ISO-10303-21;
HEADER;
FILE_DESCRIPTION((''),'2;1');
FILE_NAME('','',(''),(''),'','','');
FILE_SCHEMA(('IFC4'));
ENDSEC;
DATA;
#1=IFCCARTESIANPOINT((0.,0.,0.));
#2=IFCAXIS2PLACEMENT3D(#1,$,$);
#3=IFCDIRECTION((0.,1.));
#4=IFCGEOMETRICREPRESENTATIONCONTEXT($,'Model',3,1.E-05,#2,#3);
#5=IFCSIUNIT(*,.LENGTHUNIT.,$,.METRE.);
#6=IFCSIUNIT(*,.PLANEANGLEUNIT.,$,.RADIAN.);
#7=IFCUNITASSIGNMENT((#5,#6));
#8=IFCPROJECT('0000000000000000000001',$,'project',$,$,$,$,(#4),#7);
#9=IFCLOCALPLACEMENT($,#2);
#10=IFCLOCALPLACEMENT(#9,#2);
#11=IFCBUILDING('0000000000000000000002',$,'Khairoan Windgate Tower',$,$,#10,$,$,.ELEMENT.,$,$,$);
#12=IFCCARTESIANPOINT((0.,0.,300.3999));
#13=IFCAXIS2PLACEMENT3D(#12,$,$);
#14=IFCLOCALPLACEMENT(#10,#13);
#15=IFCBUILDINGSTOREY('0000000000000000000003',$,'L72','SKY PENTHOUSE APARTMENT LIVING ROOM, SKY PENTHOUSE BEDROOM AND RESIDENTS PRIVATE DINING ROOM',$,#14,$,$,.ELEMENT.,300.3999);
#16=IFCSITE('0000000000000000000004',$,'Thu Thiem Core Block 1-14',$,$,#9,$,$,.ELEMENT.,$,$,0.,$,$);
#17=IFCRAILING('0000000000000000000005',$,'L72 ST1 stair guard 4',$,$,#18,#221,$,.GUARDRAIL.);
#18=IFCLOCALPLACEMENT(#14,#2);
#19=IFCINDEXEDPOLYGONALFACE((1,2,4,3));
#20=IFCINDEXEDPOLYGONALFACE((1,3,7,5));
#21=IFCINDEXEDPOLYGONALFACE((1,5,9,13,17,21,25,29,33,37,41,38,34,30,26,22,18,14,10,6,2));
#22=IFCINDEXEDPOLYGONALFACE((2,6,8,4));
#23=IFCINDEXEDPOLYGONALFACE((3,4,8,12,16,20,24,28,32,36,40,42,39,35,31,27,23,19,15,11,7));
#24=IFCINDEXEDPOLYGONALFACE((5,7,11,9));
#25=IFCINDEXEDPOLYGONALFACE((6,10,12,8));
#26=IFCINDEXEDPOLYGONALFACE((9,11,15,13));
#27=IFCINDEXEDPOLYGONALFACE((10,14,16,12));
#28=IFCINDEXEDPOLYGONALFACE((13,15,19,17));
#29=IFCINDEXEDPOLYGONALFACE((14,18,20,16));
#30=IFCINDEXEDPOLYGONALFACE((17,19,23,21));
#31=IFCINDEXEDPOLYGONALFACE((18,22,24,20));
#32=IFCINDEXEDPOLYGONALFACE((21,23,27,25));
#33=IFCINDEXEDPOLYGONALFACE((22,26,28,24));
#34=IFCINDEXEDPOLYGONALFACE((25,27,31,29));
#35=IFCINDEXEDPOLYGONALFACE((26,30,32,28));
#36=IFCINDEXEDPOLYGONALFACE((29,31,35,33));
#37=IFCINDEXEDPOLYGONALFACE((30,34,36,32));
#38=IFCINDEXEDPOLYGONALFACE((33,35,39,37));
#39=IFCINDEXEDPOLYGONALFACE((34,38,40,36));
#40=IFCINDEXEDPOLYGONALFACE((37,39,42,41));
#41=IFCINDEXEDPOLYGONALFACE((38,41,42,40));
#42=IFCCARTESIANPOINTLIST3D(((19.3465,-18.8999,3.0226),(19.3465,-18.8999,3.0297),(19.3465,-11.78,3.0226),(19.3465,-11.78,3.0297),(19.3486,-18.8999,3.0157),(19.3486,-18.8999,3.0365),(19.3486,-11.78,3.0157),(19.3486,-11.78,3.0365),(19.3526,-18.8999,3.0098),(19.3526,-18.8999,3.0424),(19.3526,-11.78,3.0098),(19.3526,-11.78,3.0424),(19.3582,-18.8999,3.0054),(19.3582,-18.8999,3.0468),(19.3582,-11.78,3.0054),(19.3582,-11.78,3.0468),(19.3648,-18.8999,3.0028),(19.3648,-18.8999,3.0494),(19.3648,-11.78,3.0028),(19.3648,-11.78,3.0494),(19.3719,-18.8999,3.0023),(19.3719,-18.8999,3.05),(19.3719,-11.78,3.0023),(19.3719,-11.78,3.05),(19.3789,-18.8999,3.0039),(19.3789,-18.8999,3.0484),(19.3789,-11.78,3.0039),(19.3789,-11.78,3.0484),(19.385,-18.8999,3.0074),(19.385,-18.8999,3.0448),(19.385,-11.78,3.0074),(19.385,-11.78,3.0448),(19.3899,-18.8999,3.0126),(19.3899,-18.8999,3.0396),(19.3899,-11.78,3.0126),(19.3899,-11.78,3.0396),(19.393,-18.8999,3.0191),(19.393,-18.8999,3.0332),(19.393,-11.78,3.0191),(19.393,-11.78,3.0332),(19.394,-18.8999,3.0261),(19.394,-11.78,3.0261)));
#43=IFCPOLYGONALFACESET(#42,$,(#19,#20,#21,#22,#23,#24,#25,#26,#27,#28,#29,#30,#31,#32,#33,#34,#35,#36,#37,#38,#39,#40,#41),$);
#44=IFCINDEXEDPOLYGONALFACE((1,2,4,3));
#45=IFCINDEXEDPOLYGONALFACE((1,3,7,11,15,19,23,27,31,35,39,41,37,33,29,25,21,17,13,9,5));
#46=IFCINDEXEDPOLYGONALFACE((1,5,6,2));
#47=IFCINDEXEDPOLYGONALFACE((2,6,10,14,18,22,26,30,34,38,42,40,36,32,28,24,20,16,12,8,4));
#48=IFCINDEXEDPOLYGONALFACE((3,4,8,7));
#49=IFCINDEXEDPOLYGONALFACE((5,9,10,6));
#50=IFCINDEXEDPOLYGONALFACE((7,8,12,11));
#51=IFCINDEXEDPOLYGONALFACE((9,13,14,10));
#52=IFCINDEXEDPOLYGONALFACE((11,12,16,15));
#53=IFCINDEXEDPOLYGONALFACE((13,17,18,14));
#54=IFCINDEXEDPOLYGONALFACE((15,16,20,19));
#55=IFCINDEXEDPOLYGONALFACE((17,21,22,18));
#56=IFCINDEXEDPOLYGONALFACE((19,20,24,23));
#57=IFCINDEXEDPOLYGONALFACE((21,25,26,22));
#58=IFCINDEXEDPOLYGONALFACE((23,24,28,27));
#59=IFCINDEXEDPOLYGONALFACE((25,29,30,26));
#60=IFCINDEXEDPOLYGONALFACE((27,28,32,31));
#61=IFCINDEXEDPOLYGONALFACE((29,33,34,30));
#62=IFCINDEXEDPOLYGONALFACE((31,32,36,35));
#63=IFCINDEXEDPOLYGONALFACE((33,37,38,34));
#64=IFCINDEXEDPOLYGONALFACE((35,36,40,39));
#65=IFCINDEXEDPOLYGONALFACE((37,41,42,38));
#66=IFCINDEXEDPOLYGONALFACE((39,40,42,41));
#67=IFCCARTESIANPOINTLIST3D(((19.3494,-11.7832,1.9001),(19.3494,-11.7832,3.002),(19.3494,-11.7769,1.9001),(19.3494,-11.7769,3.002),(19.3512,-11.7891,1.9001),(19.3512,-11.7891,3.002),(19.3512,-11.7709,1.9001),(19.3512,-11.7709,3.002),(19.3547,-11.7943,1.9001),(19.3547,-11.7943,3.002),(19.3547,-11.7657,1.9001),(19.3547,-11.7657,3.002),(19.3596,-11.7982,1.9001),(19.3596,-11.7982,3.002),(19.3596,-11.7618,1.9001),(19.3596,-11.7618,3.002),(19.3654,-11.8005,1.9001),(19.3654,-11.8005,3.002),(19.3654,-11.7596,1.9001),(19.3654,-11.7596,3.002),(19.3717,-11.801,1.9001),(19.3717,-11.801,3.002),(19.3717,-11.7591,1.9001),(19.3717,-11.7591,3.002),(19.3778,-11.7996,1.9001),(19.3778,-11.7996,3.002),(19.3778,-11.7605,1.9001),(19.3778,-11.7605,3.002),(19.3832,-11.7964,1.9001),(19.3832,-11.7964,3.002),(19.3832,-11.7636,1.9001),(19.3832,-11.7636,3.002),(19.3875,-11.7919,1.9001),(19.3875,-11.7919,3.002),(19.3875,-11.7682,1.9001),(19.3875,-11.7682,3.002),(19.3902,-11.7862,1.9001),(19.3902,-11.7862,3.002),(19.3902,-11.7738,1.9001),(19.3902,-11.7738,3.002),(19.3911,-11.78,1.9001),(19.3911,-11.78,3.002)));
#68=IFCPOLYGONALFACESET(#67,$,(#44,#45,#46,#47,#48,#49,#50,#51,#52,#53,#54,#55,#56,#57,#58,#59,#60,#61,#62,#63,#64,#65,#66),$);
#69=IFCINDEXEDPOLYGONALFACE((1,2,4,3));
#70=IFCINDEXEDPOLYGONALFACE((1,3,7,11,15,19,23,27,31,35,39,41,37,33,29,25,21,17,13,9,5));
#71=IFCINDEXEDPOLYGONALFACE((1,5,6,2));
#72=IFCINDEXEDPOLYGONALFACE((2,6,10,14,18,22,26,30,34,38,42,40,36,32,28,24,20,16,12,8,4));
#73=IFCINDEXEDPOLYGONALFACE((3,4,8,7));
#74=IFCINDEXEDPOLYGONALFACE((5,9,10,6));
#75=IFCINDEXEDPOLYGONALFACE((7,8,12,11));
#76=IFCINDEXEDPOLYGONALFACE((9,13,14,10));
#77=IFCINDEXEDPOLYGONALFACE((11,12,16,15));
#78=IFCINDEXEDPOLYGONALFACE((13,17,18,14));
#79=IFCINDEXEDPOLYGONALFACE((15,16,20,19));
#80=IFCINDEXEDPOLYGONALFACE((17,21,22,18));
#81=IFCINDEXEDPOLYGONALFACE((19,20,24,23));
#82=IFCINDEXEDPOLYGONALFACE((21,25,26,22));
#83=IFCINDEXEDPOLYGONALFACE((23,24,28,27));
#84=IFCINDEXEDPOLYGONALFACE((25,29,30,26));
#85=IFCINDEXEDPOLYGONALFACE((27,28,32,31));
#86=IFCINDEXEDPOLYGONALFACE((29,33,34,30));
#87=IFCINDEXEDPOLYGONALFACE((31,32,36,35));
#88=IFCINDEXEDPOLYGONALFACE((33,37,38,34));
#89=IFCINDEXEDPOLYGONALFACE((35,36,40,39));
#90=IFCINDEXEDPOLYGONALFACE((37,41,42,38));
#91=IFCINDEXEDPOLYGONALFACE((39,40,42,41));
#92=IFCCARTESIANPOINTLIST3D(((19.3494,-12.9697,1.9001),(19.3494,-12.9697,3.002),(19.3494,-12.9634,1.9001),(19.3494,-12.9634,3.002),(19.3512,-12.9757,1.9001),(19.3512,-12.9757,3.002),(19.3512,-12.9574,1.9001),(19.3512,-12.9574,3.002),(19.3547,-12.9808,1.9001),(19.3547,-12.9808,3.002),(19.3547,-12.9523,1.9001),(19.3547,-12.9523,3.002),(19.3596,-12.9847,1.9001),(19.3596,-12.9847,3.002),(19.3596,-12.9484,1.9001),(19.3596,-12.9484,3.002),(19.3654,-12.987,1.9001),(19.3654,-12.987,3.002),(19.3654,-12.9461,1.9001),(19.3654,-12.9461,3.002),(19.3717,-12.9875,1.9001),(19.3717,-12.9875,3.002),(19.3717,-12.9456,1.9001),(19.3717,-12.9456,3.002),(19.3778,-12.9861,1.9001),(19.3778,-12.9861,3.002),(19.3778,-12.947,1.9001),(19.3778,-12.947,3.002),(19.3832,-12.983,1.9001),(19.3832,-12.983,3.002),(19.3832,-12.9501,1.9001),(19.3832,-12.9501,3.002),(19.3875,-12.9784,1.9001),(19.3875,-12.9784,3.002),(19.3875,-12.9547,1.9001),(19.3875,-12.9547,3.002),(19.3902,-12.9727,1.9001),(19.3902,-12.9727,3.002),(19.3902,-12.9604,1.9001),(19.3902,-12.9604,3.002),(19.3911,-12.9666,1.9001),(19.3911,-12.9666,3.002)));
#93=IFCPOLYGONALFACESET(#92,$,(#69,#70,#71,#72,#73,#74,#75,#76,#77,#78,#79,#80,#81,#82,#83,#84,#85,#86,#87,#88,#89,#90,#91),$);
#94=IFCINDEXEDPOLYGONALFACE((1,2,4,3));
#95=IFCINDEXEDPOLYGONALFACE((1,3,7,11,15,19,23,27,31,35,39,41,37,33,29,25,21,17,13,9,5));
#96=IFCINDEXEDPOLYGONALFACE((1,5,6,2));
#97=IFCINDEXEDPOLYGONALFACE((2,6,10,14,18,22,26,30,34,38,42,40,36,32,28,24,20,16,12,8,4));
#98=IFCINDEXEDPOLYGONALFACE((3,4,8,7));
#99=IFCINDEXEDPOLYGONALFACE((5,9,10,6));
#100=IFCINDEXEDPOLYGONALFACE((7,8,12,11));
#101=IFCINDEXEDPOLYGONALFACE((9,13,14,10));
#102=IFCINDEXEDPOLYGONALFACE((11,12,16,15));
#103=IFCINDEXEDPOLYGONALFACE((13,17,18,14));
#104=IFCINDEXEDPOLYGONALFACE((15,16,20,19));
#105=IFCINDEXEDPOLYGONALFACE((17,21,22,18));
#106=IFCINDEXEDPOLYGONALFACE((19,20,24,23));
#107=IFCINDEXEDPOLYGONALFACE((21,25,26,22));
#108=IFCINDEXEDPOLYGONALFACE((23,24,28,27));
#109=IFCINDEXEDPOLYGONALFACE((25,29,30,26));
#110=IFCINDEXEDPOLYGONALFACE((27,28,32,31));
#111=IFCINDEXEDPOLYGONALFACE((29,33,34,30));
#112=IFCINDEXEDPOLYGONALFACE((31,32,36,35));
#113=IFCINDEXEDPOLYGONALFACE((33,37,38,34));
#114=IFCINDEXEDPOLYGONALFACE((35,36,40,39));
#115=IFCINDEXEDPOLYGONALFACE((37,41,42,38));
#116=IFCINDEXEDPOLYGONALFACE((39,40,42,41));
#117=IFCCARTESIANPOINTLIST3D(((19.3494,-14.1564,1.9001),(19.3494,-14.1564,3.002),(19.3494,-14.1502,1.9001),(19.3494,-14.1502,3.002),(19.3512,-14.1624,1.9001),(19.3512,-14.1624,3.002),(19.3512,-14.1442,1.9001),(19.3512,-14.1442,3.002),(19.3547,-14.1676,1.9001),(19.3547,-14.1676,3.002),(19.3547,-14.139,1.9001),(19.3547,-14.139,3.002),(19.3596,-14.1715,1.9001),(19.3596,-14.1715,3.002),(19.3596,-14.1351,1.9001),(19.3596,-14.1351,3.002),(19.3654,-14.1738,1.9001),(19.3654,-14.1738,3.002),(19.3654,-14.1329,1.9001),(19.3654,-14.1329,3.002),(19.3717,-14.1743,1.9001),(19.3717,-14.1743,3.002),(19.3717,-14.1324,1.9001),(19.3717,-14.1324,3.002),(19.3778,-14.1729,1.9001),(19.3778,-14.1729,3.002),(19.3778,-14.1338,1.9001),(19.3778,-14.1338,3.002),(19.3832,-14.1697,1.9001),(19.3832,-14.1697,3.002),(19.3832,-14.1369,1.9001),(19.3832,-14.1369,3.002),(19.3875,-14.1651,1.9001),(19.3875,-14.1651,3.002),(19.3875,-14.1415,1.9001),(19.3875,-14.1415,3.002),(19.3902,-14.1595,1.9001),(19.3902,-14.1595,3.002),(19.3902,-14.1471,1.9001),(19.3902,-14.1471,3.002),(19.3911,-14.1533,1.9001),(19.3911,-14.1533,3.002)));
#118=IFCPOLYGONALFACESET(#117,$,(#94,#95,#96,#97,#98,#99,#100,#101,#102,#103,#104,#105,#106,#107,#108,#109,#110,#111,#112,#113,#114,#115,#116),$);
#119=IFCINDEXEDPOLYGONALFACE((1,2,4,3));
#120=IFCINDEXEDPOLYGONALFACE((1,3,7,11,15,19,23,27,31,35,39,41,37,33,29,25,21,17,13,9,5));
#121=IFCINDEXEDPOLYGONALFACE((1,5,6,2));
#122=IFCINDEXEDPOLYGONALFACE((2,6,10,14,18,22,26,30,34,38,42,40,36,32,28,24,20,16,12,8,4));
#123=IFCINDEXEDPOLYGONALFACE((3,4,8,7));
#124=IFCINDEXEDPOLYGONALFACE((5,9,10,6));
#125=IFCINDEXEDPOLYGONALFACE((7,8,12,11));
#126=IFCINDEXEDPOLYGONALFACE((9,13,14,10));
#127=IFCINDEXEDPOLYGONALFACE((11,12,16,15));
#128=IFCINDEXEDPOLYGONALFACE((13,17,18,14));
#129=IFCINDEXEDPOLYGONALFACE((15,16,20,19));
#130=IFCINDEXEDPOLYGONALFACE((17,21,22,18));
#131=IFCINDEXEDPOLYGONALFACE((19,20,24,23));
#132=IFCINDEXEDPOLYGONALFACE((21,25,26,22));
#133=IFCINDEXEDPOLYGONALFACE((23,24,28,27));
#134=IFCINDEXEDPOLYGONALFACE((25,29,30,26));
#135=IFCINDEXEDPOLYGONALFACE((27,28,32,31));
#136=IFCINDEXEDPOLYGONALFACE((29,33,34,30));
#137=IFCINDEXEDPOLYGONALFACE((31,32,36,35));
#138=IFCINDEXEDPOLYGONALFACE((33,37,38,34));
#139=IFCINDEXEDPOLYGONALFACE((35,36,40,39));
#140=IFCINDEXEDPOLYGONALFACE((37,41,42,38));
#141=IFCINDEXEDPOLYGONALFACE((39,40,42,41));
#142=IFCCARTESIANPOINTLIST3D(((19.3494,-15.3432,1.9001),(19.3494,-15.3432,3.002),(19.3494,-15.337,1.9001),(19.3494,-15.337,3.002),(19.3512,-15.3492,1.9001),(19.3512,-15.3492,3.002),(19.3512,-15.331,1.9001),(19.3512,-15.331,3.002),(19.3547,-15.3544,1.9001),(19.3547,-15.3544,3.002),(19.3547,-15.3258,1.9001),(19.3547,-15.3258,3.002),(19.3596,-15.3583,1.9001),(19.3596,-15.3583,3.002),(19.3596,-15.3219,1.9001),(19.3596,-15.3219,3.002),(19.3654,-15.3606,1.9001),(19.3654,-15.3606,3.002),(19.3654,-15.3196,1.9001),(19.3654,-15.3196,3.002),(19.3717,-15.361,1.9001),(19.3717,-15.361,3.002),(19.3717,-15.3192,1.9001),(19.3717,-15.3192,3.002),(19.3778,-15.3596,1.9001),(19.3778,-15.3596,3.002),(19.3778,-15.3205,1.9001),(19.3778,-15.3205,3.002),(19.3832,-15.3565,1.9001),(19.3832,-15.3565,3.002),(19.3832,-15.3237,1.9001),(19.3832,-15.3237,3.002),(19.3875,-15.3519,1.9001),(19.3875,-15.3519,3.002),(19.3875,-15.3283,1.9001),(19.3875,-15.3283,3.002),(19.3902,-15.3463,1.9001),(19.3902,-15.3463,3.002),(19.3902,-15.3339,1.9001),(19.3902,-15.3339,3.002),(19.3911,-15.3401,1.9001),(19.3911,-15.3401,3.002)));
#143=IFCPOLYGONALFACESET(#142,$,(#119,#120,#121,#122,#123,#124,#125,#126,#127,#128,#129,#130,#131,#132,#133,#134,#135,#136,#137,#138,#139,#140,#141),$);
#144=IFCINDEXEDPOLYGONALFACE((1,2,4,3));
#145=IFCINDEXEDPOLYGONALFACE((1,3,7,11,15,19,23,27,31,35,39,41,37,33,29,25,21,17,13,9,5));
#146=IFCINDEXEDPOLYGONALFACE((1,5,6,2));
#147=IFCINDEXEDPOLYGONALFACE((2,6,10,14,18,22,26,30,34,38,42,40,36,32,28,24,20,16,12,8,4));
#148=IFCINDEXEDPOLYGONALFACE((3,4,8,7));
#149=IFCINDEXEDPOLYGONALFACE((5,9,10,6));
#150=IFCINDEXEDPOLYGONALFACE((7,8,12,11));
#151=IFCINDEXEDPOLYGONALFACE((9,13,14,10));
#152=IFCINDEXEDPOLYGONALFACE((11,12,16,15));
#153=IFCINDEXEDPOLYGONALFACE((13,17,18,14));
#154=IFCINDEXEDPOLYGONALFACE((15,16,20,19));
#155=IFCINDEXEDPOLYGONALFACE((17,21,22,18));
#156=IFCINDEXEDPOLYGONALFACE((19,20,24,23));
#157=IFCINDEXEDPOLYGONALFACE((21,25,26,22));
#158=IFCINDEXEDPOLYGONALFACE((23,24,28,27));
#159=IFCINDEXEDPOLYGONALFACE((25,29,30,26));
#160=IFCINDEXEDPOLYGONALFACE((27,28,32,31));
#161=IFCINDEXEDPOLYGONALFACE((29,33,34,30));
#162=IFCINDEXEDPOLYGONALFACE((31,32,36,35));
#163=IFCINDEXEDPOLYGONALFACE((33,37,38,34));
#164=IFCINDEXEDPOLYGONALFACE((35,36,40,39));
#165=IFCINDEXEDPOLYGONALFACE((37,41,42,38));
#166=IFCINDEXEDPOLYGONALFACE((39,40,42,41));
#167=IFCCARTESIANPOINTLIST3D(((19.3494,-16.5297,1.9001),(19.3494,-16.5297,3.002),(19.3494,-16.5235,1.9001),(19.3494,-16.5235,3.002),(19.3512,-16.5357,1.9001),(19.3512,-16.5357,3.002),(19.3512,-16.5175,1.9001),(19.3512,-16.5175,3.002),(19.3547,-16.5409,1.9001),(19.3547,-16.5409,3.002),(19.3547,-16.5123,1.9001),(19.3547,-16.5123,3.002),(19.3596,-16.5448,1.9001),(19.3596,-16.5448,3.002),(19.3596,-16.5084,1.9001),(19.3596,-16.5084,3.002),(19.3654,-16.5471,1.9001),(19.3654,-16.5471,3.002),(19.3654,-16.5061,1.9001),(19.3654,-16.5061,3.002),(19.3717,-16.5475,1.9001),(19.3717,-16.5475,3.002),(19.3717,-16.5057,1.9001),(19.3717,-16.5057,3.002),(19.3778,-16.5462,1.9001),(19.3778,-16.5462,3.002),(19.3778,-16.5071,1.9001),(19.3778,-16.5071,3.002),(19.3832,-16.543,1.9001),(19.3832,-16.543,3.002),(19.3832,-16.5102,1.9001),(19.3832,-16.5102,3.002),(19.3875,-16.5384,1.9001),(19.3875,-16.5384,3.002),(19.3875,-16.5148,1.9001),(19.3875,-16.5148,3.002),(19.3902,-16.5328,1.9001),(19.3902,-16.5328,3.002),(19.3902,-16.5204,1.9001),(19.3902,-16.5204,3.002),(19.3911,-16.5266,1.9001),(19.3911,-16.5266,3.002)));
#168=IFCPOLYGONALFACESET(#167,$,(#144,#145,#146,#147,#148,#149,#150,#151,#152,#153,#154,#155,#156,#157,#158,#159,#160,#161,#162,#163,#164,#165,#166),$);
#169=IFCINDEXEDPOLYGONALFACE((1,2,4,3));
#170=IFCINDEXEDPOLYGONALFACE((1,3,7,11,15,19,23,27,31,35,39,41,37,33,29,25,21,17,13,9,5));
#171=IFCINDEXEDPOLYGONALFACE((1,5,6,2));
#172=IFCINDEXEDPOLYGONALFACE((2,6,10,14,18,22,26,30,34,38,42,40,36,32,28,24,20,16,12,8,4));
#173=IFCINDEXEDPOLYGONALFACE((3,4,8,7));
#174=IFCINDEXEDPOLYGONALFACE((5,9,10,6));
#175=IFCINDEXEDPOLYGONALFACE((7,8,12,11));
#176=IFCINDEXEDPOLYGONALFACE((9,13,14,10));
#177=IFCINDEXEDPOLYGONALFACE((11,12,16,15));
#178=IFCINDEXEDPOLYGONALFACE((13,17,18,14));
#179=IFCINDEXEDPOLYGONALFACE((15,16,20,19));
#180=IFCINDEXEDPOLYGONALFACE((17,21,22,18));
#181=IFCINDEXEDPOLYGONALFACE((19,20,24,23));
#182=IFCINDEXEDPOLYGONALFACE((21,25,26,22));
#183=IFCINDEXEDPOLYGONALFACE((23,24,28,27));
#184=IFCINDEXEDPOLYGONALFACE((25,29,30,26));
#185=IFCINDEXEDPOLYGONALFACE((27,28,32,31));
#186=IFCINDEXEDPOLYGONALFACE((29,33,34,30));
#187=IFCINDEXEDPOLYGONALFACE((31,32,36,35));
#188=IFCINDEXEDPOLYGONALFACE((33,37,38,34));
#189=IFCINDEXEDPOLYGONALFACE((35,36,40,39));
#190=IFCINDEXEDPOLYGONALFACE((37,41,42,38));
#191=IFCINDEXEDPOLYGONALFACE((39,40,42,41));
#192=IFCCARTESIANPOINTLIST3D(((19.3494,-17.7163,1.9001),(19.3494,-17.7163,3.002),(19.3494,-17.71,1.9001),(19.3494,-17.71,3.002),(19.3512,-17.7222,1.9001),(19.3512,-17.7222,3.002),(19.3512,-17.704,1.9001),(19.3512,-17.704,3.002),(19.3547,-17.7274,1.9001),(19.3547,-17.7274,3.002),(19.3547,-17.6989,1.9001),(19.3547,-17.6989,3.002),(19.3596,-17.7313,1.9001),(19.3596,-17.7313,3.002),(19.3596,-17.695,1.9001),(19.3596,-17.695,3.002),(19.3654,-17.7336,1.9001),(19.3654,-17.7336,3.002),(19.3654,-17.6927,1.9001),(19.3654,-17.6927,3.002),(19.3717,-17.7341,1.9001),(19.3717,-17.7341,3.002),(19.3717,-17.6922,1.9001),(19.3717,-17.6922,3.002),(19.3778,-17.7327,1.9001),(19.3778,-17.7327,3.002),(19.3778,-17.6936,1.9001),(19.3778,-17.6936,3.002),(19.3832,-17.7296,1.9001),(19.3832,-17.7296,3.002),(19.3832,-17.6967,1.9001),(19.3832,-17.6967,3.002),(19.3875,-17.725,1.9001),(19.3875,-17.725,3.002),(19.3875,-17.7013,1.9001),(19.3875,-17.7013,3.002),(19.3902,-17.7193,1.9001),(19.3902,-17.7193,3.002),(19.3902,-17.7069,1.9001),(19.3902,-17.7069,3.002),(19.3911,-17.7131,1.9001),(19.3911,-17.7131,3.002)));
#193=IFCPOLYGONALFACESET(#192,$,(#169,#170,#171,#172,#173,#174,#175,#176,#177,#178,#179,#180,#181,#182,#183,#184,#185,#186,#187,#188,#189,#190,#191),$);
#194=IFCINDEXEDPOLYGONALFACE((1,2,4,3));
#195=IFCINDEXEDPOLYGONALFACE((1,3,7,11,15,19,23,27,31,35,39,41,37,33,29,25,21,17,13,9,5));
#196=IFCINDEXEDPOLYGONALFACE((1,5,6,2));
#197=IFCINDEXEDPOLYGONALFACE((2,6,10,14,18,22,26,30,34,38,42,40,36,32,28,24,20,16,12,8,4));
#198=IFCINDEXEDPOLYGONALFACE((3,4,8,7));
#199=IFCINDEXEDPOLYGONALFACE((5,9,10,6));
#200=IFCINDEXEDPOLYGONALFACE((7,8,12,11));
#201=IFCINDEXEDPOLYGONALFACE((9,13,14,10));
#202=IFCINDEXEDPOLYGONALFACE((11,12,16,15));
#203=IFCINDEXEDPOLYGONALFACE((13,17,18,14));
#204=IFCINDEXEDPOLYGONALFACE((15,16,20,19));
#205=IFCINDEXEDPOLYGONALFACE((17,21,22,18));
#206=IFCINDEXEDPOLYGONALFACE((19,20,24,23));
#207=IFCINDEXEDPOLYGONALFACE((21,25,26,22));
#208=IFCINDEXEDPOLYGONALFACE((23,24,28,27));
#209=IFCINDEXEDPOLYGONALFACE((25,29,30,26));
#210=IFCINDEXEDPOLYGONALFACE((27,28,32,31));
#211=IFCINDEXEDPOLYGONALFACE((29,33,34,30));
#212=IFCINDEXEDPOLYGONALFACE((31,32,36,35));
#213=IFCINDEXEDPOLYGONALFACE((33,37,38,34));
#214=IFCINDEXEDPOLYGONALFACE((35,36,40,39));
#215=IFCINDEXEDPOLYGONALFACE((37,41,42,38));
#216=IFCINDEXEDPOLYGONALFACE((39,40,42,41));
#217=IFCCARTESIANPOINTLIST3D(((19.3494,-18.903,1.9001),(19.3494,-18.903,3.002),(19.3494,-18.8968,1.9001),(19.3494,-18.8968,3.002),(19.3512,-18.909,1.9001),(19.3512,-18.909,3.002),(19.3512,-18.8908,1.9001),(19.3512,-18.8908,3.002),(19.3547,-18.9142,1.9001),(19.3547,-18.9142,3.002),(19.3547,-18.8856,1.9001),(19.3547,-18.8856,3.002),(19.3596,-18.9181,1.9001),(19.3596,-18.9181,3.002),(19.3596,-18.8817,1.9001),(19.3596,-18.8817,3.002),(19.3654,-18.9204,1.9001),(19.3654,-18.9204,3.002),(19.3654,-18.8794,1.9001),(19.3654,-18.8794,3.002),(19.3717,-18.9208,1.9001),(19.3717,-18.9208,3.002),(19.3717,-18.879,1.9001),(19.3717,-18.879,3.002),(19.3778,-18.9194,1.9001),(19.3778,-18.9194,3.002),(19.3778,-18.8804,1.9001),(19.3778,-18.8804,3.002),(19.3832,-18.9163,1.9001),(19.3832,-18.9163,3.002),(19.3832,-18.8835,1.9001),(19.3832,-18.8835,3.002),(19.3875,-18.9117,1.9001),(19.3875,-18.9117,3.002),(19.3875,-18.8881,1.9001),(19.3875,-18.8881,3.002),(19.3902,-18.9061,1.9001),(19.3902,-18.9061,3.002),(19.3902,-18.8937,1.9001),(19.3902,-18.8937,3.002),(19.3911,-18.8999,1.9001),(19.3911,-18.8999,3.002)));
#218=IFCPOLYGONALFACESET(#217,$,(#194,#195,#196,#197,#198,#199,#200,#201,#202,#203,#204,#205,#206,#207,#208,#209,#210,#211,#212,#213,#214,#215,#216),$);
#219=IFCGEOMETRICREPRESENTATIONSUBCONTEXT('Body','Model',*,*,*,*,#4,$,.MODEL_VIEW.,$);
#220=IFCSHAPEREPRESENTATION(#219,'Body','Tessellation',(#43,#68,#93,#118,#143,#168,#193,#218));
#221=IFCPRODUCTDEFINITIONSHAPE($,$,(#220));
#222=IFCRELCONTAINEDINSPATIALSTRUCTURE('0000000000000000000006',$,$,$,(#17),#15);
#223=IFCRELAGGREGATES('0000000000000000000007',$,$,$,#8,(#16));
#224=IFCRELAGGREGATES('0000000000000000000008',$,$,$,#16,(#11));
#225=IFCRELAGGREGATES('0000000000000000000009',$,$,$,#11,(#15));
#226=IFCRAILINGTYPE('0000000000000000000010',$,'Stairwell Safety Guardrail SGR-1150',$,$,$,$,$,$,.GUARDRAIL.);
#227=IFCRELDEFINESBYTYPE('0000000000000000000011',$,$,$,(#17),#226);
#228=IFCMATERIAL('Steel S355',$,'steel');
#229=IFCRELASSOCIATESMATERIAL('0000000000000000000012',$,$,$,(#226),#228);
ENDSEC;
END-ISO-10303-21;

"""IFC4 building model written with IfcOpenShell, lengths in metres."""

from ifc_helpers import new_model, si_unit, direction, frame, origin, origin_2d, place, context, subcontext, project, spatial, circle, extrude, material, type_object, element, save


model = new_model("IFC4")

# Units and contexts
model_context = context("Model", 3, precision=1e-05, world=origin(), true_north=direction((0.0, 1.0)))
body_context = subcontext(model_context, "Body", "Model", "MODEL_VIEW")
ifc_project = project(units=[si_unit("LENGTHUNIT", "METRE"), si_unit("PLANEANGLEUNIT", "RADIAN")], contexts=[model_context])

# Site, building, storey
site_placement = place(None, origin())
site = spatial("IfcSite", under=ifc_project, at=site_placement, Name="Thu Thiem Core Block 1-14", CompositionType="ELEMENT", RefElevation=0.0)
building_placement = place(site_placement, origin())
building = spatial("IfcBuilding", under=site, at=building_placement, Name="Khairoan Windgate Tower", CompositionType="ELEMENT")
storey_placement = place(building_placement, frame((0.0, 0.0, 300.3999)))
storey = spatial("IfcBuildingStorey", under=building, at=storey_placement, Name="L72", Description="SKY PENTHOUSE APARTMENT LIVING ROOM, SKY PENTHOUSE BEDROOM AND RESIDENTS PRIVATE DINING ROOM", CompositionType="ELEMENT", Elevation=300.3999)

# Railing
ifc_material_1 = material(Name="Steel S355", Category="steel")
railing_type_1 = type_object("IfcRailingType", Name="Stairwell Safety Guardrail SGR-1150", PredefinedType="GUARDRAIL", material=ifc_material_1)
railing_1_placement = place(storey_placement, frame((19.3701, -11.78, 1.9001)))
element("IfcRailing", 1, at=railing_1_placement, inside=storey, type_object=railing_type_1, Name="L72 ST1 stair guard 4", PredefinedType="GUARDRAIL", context=body_context, shape_type="SweptSolid", body=[
    extrude(circle(Radius=0.0239, at=origin_2d()), frame((0.0, 0.0, 1.126), z_axis=(0.0, -1.0, 0.0), x_axis=(1.0, 0.0, 0.0)), (0.0, 0.0, 1.0), 7.1199),
    extrude(circle(Radius=0.021, at=origin_2d()), origin(), (0.0, 0.0, 1.0), 1.1018),
    extrude(circle(Radius=0.021, at=origin_2d()), frame((0.0, -1.1865, 0.0)), (0.0, 0.0, 1.0), 1.1018),
    extrude(circle(Radius=0.021, at=origin_2d()), frame((0.0, -2.3733, 0.0)), (0.0, 0.0, 1.0), 1.1018),
    extrude(circle(Radius=0.021, at=origin_2d()), frame((0.0, -3.5601, 0.0)), (0.0, 0.0, 1.0), 1.1018),
    extrude(circle(Radius=0.021, at=origin_2d()), frame((0.0, -4.7466, 0.0)), (0.0, 0.0, 1.0), 1.1018),
    extrude(circle(Radius=0.021, at=origin_2d()), frame((0.0, -5.9331, 0.0)), (0.0, 0.0, 1.0), 1.1018),
    extrude(circle(Radius=0.021, at=origin_2d()), frame((0.0, -7.1199, 0.0)), (0.0, 0.0, 1.0), 1.1018),
])

save(model, "model.ifc")
